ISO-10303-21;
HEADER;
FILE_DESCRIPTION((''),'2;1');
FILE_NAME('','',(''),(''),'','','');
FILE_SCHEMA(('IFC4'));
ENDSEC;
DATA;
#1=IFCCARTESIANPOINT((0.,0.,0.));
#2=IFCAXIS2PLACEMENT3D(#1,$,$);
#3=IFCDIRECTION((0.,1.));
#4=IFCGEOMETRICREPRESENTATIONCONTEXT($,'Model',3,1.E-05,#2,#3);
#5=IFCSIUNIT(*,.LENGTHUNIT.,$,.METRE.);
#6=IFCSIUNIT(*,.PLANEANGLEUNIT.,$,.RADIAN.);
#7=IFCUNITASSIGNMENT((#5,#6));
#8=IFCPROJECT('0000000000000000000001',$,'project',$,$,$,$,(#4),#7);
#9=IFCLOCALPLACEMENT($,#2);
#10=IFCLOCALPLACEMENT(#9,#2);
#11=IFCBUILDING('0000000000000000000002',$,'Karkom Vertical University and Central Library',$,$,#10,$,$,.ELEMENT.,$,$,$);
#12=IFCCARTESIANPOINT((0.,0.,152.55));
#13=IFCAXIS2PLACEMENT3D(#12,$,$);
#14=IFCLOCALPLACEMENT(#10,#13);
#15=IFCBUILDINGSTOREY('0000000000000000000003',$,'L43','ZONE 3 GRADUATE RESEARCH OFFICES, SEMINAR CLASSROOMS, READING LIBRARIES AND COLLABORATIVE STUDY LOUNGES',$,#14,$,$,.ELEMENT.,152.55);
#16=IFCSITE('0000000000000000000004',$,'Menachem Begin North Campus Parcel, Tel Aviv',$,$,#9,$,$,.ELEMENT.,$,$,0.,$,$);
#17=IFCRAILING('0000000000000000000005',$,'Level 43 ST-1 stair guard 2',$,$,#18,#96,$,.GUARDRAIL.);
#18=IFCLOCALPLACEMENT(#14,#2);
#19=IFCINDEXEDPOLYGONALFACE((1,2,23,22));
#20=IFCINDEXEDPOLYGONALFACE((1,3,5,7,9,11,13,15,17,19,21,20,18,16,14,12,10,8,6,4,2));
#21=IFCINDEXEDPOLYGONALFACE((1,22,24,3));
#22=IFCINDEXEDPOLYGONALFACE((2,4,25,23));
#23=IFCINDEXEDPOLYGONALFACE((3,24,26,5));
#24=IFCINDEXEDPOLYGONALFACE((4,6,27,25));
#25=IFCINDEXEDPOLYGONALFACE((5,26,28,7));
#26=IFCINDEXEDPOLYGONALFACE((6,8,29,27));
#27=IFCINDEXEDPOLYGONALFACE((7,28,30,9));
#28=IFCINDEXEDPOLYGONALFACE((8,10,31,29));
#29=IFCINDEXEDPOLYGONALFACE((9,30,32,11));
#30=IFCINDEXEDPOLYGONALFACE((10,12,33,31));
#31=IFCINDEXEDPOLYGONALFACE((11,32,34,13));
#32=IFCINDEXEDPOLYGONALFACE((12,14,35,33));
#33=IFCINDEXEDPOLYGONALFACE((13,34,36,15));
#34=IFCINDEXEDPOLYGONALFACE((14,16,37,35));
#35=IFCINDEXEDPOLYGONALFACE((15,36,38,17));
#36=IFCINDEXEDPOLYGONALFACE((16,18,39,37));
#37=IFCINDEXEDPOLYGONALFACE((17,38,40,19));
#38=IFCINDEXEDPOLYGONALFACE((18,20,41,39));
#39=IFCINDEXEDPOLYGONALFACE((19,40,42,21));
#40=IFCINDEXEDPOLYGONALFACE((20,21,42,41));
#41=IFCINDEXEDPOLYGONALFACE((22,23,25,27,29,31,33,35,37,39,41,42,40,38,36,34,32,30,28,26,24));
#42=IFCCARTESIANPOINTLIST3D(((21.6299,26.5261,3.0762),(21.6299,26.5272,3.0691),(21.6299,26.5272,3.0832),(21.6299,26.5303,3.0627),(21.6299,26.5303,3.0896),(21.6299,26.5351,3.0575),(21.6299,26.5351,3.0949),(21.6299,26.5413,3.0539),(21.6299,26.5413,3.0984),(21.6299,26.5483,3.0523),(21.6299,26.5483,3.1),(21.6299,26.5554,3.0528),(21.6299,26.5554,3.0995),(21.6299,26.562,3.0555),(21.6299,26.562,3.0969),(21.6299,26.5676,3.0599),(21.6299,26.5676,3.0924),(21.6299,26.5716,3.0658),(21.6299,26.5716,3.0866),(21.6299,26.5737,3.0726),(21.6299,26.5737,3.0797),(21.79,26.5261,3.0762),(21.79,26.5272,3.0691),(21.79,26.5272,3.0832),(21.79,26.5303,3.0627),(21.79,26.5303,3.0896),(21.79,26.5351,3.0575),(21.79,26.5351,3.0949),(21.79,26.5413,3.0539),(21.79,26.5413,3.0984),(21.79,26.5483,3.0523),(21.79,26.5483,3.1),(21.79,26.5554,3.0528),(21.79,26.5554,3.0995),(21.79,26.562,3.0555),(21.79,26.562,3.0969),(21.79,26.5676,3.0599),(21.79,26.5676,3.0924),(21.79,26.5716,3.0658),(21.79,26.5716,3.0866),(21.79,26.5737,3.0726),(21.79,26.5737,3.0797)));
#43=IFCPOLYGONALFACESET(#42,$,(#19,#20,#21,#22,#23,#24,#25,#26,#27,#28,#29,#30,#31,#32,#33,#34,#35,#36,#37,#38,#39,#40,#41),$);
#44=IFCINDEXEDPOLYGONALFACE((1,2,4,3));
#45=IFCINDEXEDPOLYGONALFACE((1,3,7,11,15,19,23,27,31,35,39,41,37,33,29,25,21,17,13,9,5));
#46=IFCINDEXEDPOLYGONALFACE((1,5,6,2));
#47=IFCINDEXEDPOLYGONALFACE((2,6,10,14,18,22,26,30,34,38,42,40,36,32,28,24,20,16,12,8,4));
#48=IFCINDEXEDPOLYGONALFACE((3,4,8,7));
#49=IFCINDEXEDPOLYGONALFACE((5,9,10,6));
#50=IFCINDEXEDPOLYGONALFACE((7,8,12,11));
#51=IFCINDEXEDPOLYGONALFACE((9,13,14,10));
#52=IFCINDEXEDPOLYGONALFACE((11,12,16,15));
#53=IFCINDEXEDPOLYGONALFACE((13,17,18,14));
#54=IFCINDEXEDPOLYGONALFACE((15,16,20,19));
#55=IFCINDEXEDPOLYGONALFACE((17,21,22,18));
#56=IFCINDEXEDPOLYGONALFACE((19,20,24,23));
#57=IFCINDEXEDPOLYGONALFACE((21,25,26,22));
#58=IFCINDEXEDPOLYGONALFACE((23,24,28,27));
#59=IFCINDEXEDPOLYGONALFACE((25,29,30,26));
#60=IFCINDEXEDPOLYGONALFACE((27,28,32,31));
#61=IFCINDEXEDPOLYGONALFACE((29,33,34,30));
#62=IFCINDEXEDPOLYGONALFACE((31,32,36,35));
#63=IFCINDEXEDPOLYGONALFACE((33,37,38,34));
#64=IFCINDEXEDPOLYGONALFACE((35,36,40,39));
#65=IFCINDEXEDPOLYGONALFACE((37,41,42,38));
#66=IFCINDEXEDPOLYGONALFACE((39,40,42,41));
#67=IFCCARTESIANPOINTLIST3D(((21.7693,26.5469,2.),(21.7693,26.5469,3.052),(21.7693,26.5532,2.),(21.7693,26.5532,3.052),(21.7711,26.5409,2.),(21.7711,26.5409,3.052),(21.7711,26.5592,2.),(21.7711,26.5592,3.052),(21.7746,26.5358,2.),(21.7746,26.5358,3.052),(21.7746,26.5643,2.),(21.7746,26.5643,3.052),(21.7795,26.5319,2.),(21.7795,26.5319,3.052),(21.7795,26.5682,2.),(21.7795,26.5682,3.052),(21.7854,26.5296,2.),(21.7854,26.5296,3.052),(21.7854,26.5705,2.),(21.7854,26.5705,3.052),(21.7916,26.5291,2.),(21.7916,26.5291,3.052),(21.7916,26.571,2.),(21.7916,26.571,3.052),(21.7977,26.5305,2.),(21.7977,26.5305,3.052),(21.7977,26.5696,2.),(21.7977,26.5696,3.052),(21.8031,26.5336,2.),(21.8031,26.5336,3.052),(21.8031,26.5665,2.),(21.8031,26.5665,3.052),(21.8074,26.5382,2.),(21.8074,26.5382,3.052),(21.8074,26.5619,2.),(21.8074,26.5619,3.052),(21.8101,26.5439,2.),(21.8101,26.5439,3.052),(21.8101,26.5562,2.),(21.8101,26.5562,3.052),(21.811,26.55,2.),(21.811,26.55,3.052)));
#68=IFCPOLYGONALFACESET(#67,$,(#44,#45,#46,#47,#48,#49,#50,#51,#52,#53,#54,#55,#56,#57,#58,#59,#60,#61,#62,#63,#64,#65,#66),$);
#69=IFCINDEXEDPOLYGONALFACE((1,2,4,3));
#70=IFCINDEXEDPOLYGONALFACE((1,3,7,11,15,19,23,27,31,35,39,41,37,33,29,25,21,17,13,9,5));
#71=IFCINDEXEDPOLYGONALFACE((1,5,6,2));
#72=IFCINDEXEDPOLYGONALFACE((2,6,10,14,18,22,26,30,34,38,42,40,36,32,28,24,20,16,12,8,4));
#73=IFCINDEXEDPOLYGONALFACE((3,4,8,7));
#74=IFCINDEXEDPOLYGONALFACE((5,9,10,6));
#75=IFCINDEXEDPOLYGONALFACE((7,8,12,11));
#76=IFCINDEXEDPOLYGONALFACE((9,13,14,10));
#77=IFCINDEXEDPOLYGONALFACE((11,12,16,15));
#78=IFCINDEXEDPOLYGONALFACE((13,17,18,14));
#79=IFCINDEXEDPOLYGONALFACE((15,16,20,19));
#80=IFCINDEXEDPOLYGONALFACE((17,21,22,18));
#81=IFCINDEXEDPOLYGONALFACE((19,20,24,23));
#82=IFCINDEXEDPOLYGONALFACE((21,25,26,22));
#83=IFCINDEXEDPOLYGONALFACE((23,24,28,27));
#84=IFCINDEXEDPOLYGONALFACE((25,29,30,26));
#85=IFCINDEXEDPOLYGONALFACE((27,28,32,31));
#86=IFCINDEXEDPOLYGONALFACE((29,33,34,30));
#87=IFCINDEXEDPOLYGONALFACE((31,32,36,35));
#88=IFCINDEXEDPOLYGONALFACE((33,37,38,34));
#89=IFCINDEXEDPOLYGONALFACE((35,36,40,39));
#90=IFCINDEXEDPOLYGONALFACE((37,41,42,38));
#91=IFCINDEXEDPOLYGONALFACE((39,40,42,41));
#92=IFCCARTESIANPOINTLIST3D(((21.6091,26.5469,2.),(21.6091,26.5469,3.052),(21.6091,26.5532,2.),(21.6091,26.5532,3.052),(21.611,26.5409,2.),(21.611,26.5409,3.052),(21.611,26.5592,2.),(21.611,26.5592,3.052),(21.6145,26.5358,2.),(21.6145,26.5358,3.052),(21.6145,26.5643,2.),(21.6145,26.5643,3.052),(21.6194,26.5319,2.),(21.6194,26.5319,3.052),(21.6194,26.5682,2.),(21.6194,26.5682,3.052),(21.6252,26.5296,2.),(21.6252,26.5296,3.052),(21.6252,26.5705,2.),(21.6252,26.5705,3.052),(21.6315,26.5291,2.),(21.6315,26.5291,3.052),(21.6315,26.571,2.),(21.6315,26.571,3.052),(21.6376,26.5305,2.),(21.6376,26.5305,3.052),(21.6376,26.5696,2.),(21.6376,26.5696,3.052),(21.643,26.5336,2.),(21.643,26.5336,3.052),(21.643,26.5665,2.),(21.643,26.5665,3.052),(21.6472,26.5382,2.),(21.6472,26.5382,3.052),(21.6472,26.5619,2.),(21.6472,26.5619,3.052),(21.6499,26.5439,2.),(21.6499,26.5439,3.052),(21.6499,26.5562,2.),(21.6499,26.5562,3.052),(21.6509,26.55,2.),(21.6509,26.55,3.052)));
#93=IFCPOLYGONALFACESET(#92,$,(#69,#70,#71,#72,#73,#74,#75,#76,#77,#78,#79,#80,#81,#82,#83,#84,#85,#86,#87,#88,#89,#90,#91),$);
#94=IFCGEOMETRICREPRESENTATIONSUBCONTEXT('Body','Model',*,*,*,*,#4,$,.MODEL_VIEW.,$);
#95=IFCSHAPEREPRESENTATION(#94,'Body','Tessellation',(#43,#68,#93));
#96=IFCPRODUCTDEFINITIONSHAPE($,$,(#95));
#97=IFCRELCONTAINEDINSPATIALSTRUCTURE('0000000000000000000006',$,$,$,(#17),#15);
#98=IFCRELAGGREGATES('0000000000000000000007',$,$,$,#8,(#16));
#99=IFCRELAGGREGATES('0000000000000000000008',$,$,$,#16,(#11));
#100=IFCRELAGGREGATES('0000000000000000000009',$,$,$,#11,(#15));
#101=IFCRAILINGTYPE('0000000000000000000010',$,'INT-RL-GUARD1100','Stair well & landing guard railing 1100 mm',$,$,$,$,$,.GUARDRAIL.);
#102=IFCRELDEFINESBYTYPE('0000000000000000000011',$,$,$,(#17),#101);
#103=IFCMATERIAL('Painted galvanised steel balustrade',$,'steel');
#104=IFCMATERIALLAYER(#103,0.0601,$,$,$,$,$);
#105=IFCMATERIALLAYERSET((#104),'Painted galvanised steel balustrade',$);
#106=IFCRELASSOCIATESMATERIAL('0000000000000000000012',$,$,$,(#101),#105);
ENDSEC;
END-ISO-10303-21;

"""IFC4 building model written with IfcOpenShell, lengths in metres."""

from ifc_helpers import new_model, si_unit, direction, frame, origin, origin_2d, place, context, subcontext, project, spatial, circle, extrude, material, layer, layer_set, type_object, element, save


model = new_model("IFC4")

# Units and contexts
model_context = context("Model", 3, precision=1e-05, world=origin(), true_north=direction((0.0, 1.0)))
body_context = subcontext(model_context, "Body", "Model", "MODEL_VIEW")
ifc_project = project(units=[si_unit("LENGTHUNIT", "METRE"), si_unit("PLANEANGLEUNIT", "RADIAN")], contexts=[model_context])

# Site, building, storey
site_placement = place(None, origin())
site = spatial("IfcSite", under=ifc_project, at=site_placement, Name="Menachem Begin North Campus Parcel, Tel Aviv", CompositionType="ELEMENT", RefElevation=0.0)
building_placement = place(site_placement, origin())
building = spatial("IfcBuilding", under=site, at=building_placement, Name="Karkom Vertical University and Central Library", CompositionType="ELEMENT")
storey_placement = place(building_placement, frame((0.0, 0.0, 152.55)))
storey = spatial("IfcBuildingStorey", under=building, at=storey_placement, Name="L43", Description="ZONE 3 GRADUATE RESEARCH OFFICES, SEMINAR CLASSROOMS, READING LIBRARIES AND COLLABORATIVE STUDY LOUNGES", CompositionType="ELEMENT", Elevation=152.55)

# Railing
ifc_material_1 = material(Name="Painted galvanised steel balustrade", Category="steel")
ifc_layer_1 = layer(ifc_material_1, 0.0601)
ifc_layer_set_1 = layer_set([ifc_layer_1], Name="Painted galvanised steel balustrade")
railing_type_1 = type_object("IfcRailingType", Name="INT-RL-GUARD1100", Description="Stair well & landing guard railing 1100 mm", PredefinedType="GUARDRAIL", material=ifc_layer_set_1)
railing_1_placement = place(storey_placement, frame((21.79, 26.55, 2.0)))
element("IfcRailing", 1, at=railing_1_placement, inside=storey, type_object=railing_type_1, Name="Level 43 ST-1 stair guard 2", PredefinedType="GUARDRAIL", context=body_context, shape_type="SweptSolid", body=[
    extrude(circle(Radius=0.0239, at=origin_2d()), frame((0.0, 0.0, 1.0762), z_axis=(-1.0, 0.0, 0.0), x_axis=(0.0, -1.0, 0.0)), (0.0, 0.0, 1.0), 0.1602),
    extrude(circle(Radius=0.021, at=origin_2d()), origin(), (0.0, 0.0, 1.0), 1.052),
    extrude(circle(Radius=0.021, at=origin_2d()), frame((-0.1602, 0.0, 0.0)), (0.0, 0.0, 1.0), 1.052),
])

save(model, "model.ifc")
